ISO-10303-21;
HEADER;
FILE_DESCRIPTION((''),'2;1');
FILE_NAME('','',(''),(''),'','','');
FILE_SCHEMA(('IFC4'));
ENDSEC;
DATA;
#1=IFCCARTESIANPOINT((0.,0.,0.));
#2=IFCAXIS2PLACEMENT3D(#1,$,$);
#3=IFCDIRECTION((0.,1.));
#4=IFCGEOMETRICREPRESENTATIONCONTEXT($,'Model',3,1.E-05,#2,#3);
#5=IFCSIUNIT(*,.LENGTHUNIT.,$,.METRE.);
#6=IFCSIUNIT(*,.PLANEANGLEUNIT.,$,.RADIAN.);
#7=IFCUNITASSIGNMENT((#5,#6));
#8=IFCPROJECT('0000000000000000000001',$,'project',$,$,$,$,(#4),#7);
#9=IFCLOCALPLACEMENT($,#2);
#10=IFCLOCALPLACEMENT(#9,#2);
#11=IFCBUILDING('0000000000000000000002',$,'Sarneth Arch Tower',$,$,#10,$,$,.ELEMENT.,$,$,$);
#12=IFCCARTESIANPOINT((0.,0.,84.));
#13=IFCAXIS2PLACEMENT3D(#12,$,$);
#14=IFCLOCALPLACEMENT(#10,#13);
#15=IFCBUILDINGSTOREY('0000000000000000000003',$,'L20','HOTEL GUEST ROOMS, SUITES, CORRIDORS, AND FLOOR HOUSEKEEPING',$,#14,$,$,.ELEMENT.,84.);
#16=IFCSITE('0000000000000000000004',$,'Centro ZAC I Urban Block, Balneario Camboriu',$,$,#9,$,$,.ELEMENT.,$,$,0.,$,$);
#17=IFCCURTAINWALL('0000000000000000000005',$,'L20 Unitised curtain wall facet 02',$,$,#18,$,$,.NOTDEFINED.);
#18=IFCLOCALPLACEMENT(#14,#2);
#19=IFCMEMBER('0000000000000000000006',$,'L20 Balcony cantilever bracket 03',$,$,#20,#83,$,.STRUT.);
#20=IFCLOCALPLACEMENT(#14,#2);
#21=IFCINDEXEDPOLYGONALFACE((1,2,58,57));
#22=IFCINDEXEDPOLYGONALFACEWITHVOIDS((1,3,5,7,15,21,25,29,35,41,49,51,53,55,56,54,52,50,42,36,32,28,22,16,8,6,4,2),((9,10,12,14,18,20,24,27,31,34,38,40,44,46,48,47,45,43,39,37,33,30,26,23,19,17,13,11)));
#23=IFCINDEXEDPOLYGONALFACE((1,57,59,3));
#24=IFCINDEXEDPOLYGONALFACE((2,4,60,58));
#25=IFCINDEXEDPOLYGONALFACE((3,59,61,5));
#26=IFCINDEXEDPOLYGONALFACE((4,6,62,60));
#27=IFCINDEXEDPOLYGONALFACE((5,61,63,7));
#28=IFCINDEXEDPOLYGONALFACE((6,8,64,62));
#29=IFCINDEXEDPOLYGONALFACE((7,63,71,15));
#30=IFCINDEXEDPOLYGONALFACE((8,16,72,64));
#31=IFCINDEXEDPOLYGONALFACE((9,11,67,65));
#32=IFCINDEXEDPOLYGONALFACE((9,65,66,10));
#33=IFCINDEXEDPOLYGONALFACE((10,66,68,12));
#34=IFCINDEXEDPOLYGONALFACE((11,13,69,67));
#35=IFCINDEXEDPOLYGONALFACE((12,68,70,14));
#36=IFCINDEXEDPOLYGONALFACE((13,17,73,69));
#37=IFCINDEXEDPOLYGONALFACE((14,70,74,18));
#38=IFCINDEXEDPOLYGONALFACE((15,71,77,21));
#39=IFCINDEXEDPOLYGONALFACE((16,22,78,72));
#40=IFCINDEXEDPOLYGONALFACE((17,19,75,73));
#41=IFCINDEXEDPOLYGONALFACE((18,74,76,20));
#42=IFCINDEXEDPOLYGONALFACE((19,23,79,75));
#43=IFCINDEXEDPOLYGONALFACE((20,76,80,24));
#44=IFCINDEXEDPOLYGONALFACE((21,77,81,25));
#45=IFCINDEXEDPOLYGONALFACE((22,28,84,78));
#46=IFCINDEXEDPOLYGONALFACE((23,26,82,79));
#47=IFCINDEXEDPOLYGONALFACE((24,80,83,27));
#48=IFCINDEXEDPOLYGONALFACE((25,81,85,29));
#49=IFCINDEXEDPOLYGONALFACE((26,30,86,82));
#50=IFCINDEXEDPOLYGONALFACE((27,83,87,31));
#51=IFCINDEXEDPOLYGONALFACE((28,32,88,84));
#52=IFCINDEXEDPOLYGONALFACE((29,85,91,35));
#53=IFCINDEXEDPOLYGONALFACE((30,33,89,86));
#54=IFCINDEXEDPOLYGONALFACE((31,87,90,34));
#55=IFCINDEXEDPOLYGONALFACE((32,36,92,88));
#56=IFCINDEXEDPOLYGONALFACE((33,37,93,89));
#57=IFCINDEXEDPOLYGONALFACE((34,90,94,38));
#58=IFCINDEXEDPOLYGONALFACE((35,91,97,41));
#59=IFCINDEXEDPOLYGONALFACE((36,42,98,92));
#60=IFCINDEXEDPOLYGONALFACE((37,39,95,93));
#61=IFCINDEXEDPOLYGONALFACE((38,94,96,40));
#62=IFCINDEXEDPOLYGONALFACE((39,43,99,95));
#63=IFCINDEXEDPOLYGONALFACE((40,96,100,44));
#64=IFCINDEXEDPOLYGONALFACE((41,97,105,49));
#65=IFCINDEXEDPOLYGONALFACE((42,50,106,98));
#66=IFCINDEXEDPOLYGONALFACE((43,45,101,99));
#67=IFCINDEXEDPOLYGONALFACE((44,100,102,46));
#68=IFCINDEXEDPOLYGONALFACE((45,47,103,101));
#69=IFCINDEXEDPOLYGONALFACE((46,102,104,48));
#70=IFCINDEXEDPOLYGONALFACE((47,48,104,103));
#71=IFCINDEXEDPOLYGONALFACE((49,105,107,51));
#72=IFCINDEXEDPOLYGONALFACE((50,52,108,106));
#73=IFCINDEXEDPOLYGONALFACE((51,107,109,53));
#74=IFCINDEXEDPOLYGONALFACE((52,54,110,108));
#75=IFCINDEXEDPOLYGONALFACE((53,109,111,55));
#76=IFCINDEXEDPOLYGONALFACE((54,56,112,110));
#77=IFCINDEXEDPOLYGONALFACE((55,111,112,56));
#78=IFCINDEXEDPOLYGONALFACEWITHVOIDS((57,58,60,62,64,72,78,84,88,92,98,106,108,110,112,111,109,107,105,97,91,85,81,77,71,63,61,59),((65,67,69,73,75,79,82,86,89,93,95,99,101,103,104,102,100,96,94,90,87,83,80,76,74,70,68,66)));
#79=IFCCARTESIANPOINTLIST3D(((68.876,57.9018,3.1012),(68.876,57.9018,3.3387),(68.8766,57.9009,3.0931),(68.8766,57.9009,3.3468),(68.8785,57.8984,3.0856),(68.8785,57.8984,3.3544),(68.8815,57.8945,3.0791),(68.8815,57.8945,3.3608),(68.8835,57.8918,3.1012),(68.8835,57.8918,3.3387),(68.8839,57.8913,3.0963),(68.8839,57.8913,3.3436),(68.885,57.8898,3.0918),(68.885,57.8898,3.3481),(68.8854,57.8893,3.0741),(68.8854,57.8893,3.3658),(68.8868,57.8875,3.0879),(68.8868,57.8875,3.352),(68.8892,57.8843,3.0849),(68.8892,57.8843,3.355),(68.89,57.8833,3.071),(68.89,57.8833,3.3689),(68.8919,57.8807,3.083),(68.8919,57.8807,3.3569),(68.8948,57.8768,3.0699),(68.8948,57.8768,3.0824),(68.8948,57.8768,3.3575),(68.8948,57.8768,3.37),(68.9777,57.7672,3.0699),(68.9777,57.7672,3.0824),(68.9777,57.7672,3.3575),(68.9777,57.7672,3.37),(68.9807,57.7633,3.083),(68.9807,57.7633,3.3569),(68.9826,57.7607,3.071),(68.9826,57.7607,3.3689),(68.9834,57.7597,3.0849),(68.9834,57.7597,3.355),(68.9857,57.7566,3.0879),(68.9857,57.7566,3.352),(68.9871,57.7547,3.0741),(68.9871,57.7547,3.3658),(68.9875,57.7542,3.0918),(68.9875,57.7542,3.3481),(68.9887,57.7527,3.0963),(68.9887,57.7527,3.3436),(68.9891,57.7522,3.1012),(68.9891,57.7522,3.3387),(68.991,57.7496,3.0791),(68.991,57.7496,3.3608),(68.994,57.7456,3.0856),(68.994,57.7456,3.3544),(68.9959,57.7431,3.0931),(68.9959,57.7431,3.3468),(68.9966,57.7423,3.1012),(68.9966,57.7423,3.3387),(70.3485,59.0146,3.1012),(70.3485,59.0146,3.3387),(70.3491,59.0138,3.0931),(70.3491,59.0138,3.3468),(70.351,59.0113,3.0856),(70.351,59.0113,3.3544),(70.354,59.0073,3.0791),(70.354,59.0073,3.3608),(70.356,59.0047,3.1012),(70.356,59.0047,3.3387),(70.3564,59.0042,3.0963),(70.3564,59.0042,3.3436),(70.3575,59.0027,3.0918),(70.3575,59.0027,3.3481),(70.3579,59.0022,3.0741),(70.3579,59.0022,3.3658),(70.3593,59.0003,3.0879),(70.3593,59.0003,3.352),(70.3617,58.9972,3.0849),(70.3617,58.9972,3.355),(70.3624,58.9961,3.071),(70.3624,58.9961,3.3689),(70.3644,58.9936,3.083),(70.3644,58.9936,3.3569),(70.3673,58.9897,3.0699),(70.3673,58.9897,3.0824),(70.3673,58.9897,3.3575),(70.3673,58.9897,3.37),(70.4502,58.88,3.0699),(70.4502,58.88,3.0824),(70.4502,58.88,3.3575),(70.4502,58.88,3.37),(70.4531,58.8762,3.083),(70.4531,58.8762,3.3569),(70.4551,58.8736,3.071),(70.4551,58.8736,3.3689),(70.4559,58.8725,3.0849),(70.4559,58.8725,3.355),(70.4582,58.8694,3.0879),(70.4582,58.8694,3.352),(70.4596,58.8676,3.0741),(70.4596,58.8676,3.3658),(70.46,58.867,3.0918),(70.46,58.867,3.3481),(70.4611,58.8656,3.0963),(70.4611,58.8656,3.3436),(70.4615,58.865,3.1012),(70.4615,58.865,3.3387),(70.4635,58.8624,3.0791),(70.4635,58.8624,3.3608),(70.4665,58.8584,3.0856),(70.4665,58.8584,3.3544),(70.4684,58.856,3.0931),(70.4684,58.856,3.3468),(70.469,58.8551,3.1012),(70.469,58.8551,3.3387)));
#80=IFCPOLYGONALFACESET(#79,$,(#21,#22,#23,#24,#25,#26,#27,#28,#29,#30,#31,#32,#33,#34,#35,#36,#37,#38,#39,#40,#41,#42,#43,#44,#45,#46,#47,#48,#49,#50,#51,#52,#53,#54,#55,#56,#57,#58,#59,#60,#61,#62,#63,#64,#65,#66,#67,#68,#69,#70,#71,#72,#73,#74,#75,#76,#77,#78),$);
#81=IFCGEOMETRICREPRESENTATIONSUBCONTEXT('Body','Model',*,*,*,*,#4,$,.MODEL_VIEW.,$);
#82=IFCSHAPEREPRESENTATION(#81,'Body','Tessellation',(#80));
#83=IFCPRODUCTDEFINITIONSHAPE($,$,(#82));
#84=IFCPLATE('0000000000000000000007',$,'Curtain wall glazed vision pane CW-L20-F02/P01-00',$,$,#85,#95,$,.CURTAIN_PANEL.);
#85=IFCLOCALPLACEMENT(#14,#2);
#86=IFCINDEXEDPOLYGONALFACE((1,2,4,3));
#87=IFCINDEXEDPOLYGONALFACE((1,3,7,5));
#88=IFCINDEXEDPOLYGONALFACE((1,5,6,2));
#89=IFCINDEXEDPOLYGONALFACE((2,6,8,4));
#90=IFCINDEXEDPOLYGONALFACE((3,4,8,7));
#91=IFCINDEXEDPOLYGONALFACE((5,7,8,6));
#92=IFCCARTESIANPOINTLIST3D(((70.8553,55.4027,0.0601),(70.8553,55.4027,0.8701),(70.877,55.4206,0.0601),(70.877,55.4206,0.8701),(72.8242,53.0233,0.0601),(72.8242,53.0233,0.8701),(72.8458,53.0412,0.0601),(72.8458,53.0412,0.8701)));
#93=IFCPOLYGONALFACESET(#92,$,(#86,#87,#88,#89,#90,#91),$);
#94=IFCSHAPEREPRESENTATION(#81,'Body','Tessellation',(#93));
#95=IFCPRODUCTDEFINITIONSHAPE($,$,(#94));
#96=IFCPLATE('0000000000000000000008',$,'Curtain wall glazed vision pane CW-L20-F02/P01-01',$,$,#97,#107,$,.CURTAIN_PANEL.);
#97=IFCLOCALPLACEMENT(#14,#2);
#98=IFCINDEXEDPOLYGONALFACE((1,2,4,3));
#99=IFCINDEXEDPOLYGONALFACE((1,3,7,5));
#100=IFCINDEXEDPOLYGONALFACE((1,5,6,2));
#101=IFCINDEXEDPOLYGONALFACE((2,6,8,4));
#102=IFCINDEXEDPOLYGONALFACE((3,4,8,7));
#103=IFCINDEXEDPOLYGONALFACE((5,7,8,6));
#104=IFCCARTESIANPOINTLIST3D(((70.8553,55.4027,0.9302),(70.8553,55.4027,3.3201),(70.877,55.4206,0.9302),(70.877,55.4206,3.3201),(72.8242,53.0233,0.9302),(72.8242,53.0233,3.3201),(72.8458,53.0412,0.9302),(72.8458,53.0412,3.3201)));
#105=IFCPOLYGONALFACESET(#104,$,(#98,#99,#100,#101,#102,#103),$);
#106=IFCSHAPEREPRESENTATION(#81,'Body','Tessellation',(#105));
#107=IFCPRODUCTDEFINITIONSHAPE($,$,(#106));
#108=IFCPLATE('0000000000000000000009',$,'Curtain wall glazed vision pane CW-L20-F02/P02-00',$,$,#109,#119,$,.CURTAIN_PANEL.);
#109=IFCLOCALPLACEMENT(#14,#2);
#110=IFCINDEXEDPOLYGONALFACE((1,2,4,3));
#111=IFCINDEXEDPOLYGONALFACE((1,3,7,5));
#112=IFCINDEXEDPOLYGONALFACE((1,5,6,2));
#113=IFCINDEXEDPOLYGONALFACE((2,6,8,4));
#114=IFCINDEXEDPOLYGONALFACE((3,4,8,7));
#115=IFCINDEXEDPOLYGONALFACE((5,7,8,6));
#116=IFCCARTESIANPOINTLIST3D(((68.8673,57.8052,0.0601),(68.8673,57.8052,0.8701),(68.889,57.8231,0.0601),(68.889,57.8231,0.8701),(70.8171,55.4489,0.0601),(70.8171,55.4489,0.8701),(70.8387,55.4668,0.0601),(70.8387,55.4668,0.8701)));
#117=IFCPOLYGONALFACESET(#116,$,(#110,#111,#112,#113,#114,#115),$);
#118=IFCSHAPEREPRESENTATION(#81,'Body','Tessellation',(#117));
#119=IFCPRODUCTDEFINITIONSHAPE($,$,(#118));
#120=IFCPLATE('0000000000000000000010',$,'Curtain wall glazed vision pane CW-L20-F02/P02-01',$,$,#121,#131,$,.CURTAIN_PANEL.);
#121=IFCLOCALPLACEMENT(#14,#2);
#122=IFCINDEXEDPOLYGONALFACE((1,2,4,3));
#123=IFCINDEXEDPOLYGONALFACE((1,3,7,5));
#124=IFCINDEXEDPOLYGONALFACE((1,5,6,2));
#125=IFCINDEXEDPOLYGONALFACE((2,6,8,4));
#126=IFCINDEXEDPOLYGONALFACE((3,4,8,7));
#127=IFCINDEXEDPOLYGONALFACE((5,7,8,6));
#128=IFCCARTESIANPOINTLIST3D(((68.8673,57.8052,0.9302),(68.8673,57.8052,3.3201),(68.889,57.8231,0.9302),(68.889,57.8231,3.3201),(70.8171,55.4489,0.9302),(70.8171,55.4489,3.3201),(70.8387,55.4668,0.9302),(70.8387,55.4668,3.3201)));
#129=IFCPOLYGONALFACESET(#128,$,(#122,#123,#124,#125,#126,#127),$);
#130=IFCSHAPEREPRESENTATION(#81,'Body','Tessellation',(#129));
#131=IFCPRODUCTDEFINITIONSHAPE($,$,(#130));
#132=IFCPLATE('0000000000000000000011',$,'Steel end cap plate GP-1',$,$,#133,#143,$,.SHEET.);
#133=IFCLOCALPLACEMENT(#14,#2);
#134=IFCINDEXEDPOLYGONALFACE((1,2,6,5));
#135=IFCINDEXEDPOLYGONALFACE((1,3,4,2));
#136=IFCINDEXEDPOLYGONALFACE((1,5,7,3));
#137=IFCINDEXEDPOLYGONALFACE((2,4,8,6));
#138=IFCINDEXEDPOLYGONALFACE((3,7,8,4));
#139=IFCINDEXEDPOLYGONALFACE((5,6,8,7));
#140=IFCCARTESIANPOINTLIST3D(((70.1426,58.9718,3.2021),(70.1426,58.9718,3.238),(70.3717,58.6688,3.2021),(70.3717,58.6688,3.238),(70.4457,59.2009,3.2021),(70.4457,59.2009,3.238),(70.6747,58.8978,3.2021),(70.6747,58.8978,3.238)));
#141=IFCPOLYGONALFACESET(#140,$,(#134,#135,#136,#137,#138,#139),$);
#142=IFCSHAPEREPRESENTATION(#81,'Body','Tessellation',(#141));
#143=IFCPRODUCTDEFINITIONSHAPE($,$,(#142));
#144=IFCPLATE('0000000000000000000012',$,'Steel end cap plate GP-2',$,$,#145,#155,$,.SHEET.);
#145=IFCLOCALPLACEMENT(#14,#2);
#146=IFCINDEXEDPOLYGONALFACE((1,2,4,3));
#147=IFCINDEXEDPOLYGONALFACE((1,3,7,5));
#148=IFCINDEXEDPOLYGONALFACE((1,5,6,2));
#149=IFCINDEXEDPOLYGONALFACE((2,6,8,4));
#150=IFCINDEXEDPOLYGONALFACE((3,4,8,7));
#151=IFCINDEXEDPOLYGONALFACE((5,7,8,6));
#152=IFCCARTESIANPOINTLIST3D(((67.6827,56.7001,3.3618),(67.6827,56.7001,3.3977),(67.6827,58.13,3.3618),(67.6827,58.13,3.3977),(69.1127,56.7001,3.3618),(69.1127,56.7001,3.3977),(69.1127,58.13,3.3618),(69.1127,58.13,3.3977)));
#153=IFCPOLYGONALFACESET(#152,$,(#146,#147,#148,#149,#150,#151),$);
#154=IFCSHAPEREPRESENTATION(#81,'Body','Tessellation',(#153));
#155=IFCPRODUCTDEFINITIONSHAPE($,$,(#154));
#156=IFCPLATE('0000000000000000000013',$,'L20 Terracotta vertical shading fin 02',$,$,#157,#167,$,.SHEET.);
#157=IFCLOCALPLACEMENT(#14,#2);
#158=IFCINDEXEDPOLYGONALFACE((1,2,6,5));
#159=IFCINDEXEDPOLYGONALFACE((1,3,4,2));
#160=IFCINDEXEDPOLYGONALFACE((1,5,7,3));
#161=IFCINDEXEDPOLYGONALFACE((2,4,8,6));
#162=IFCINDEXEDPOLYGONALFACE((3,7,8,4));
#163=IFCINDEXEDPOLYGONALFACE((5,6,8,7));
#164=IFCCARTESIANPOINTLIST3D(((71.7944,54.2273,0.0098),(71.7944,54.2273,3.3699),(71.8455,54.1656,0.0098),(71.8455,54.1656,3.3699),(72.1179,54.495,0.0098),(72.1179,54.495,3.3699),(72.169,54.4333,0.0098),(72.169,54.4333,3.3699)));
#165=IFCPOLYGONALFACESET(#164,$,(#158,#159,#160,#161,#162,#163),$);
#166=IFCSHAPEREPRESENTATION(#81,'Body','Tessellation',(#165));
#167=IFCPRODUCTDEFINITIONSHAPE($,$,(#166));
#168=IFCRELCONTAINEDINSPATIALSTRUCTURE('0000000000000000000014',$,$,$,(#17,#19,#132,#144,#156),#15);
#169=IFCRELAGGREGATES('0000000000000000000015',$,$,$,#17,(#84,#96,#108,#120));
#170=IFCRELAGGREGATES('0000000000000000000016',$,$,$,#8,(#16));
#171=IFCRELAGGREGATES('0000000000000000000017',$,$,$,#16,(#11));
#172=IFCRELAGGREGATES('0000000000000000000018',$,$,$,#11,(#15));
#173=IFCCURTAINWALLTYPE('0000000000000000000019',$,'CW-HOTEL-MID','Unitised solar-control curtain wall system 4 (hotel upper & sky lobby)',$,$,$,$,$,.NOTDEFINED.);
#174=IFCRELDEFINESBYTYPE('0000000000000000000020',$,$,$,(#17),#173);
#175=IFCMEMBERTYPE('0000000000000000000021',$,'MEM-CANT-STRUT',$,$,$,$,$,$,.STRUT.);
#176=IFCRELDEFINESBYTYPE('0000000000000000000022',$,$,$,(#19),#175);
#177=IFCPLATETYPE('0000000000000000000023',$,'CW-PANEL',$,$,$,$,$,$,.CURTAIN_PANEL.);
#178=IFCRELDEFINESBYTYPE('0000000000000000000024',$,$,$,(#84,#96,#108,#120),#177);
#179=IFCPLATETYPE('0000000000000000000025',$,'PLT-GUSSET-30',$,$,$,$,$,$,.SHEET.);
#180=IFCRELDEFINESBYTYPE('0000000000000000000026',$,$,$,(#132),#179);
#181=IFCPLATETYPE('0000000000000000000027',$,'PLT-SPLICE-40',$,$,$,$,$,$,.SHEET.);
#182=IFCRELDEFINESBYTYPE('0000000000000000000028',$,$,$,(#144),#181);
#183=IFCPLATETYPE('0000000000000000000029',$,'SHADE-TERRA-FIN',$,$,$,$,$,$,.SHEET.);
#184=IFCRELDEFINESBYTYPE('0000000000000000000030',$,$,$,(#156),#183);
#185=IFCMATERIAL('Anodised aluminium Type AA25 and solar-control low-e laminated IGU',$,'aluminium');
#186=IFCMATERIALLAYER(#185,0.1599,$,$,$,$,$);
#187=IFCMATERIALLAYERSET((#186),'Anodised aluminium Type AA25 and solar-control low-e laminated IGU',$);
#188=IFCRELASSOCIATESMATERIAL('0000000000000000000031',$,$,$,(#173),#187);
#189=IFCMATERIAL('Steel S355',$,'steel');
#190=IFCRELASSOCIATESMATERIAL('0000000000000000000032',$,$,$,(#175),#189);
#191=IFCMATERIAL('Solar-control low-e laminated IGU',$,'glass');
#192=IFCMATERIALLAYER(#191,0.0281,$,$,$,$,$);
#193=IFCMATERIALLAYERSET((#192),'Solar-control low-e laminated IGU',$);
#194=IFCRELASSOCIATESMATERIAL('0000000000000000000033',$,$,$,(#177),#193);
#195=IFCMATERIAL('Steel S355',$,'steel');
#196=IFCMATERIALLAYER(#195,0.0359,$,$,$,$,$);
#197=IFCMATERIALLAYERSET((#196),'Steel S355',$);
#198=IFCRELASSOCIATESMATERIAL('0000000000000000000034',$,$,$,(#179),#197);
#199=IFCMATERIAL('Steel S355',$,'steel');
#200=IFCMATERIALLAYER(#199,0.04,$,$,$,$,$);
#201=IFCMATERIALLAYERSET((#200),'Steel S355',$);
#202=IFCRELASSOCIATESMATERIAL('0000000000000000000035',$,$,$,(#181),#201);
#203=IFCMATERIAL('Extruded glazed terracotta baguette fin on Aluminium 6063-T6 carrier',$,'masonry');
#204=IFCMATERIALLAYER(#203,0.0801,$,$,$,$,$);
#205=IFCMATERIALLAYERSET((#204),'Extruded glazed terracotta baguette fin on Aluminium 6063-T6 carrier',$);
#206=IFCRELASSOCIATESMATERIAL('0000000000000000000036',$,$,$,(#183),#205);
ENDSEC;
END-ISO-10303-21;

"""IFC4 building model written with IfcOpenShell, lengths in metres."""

from ifc_helpers import new_model, si_unit, direction, frame, origin, origin_2d, place, context, subcontext, project, spatial, rectangle, hollow_rectangle, extrude, material, layer, layer_set, material_profile, profile_set, type_object, element, aggregate, save


model = new_model("IFC4")

# Units and contexts
model_context = context("Model", 3, precision=1e-05, world=origin(), true_north=direction((0.0, 1.0)))
body_context = subcontext(model_context, "Body", "Model", "MODEL_VIEW")
ifc_project = project(units=[si_unit("LENGTHUNIT", "METRE"), si_unit("PLANEANGLEUNIT", "RADIAN")], contexts=[model_context])

# Site, building, storey
site_placement = place(None, origin())
site = spatial("IfcSite", under=ifc_project, at=site_placement, Name="Centro ZAC I Urban Block, Balneario Camboriu", CompositionType="ELEMENT", RefElevation=0.0)
building_placement = place(site_placement, origin())
building = spatial("IfcBuilding", under=site, at=building_placement, Name="Sarneth Arch Tower", CompositionType="ELEMENT")
storey_placement = place(building_placement, frame((0.0, 0.0, 84.0)))
storey = spatial("IfcBuildingStorey", under=building, at=storey_placement, Name="L20", Description="HOTEL GUEST ROOMS, SUITES, CORRIDORS, AND FLOOR HOUSEKEEPING", CompositionType="ELEMENT", Elevation=84.0)

# Curtain wall
ifc_material_1 = material(Name="Anodised aluminium Type AA25 and solar-control low-e laminated IGU", Category="aluminium")
ifc_layer_1 = layer(ifc_material_1, 0.1599)
ifc_layer_set_1 = layer_set([ifc_layer_1], Name="Anodised aluminium Type AA25 and solar-control low-e laminated IGU")
curtain_wall_type = type_object("IfcCurtainWallType", Name="CW-HOTEL-MID", Description="Unitised solar-control curtain wall system 4 (hotel upper & sky lobby)", PredefinedType="NOTDEFINED", material=ifc_layer_set_1)
curtain_wall_placement = place(storey_placement, origin())
curtain_wall = element("IfcCurtainWall", 1, at=curtain_wall_placement, inside=storey, type_object=curtain_wall_type, Name="L20 Unitised curtain wall facet 02", PredefinedType="NOTDEFINED")

# Member
ifc_material_2 = material(Name="Steel S355", Category="steel")
ifc_material_profile_1 = material_profile(ifc_material_2, hollow_rectangle(XDim=0.2, YDim=0.3, WallThickness=0.0125, InnerFilletRadius=0.0188, OuterFilletRadius=0.0312, at=origin_2d()), Name="RHS300x200x12.5")
ifc_profile_set_1 = profile_set([ifc_material_profile_1], Name="Steel S355")
member_type_1 = type_object("IfcMemberType", Name="MEM-CANT-STRUT", PredefinedType="STRUT", material=ifc_profile_set_1)
member_1_placement = place(storey_placement, frame((68.9363, 57.822, 3.22), z_axis=(0.797788, 0.602938, 0.0), x_axis=(-0.602938, 0.797788, 0.0)))
element("IfcMember", 2, at=member_1_placement, inside=storey, type_object=member_type_1, Name="L20 Balcony cantilever bracket 03", PredefinedType="STRUT", context=body_context, shape_type="SweptSolid", body=[
    extrude(hollow_rectangle(XDim=0.2, YDim=0.3, WallThickness=0.0125, InnerFilletRadius=0.0188, OuterFilletRadius=0.0312, at=origin_2d()), origin(), (0.0, 0.0, 1.0), 1.8457),
])

# Plates
ifc_material_3 = material(Name="Solar-control low-e laminated IGU", Category="glass")
ifc_layer_2 = layer(ifc_material_3, 0.0281)
ifc_layer_set_2 = layer_set([ifc_layer_2], Name="Solar-control low-e laminated IGU")
plate_type_1 = type_object("IfcPlateType", Name="CW-PANEL", PredefinedType="CURTAIN_PANEL", material=ifc_layer_set_2)
plate_1_placement = place(storey_placement, frame((71.8506, 54.2219, 0.0601), z_axis=(0.0, 0.0, 1.0), x_axis=(-0.637515, 0.770438, 0.0)))
plate_1 = element("IfcPlate", 3, at=plate_1_placement, type_object=plate_type_1, Name="Curtain wall glazed vision pane CW-L20-F02/P01-00", PredefinedType="CURTAIN_PANEL", context=body_context, shape_type="SweptSolid", body=[
    extrude(rectangle(XDim=3.0884, YDim=0.0281, at=origin_2d()), origin(), (0.0, 0.0, 1.0), 0.8101),
])
plate_2_placement = place(storey_placement, frame((71.8506, 54.2219, 0.9302), z_axis=(0.0, 0.0, 1.0), x_axis=(-0.637515, 0.770438, 0.0)))
plate_2 = element("IfcPlate", 4, at=plate_2_placement, type_object=plate_type_1, Name="Curtain wall glazed vision pane CW-L20-F02/P01-01", PredefinedType="CURTAIN_PANEL", context=body_context, shape_type="SweptSolid", body=[
    extrude(rectangle(XDim=3.0884, YDim=0.0281, at=origin_2d()), origin(), (0.0, 0.0, 1.0), 2.3899),
])
plate_3_placement = place(storey_placement, frame((69.853, 56.636, 0.0601), z_axis=(0.0, 0.0, 1.0), x_axis=(-0.637515, 0.770438, 0.0)))
plate_3 = element("IfcPlate", 5, at=plate_3_placement, type_object=plate_type_1, Name="Curtain wall glazed vision pane CW-L20-F02/P02-00", PredefinedType="CURTAIN_PANEL", context=body_context, shape_type="SweptSolid", body=[
    extrude(rectangle(XDim=3.0583, YDim=0.0281, at=origin_2d()), origin(), (0.0, 0.0, 1.0), 0.8101),
])
plate_4_placement = place(storey_placement, frame((69.853, 56.636, 0.9302), z_axis=(0.0, 0.0, 1.0), x_axis=(-0.637515, 0.770438, 0.0)))
plate_4 = element("IfcPlate", 6, at=plate_4_placement, type_object=plate_type_1, Name="Curtain wall glazed vision pane CW-L20-F02/P02-01", PredefinedType="CURTAIN_PANEL", context=body_context, shape_type="SweptSolid", body=[
    extrude(rectangle(XDim=3.0583, YDim=0.0281, at=origin_2d()), origin(), (0.0, 0.0, 1.0), 2.3899),
])
aggregate(curtain_wall, [plate_1, plate_2, plate_3, plate_4])

# Plates
ifc_material_4 = material(Name="Steel S355", Category="steel")
ifc_layer_3 = layer(ifc_material_4, 0.0359)
ifc_layer_set_3 = layer_set([ifc_layer_3], Name="Steel S355")
plate_type_2 = type_object("IfcPlateType", Name="PLT-GUSSET-30", PredefinedType="SHEET", material=ifc_layer_set_3)
plate_5_placement = place(storey_placement, frame((70.4087, 58.9348, 3.2021), z_axis=(0.0, 0.0, 1.0), x_axis=(0.797794, 0.60293, 0.0)))
element("IfcPlate", 7, at=plate_5_placement, inside=storey, type_object=plate_type_2, Name="Steel end cap plate GP-1", PredefinedType="SHEET", context=body_context, shape_type="SweptSolid", body=[
    extrude(rectangle(XDim=0.3799, YDim=0.3799, at=origin_2d()), origin(), (0.0, 0.0, 1.0), 0.0359),
])
ifc_material_5 = material(Name="Steel S355", Category="steel")
ifc_layer_4 = layer(ifc_material_5, 0.04)
ifc_layer_set_4 = layer_set([ifc_layer_4], Name="Steel S355")
plate_type_3 = type_object("IfcPlateType", Name="PLT-SPLICE-40", PredefinedType="SHEET", material=ifc_layer_set_4)
plate_6_placement = place(storey_placement, frame((68.3977, 57.415, 3.3618), z_axis=(0.0, 0.0, 1.0), x_axis=(1.0, 0.0, 0.0)))
element("IfcPlate", 8, at=plate_6_placement, inside=storey, type_object=plate_type_3, Name="Steel end cap plate GP-2", PredefinedType="SHEET", context=body_context, shape_type="SweptSolid", body=[
    extrude(rectangle(XDim=1.4299, YDim=1.4299, at=origin_2d()), origin(), (0.0, 0.0, 1.0), 0.0359),
])
ifc_material_6 = material(Name="Extruded glazed terracotta baguette fin on Aluminium 6063-T6 carrier", Category="masonry")
ifc_layer_5 = layer(ifc_material_6, 0.0801)
ifc_layer_set_5 = layer_set([ifc_layer_5], Name="Extruded glazed terracotta baguette fin on Aluminium 6063-T6 carrier")
plate_type_4 = type_object("IfcPlateType", Name="SHADE-TERRA-FIN", PredefinedType="SHEET", material=ifc_layer_set_5)
plate_7_placement = place(storey_placement, frame((71.9817, 54.3303, 0.0098), z_axis=(0.0, 0.0, 1.0), x_axis=(0.770402, 0.637558, 0.0)))
element("IfcPlate", 9, at=plate_7_placement, inside=storey, type_object=plate_type_4, Name="L20 Terracotta vertical shading fin 02", PredefinedType="SHEET", context=body_context, shape_type="SweptSolid", body=[
    extrude(rectangle(XDim=0.4199, YDim=0.0801, at=origin_2d()), origin(), (0.0, 0.0, 1.0), 3.3601),
])

save(model, "model.ifc")
